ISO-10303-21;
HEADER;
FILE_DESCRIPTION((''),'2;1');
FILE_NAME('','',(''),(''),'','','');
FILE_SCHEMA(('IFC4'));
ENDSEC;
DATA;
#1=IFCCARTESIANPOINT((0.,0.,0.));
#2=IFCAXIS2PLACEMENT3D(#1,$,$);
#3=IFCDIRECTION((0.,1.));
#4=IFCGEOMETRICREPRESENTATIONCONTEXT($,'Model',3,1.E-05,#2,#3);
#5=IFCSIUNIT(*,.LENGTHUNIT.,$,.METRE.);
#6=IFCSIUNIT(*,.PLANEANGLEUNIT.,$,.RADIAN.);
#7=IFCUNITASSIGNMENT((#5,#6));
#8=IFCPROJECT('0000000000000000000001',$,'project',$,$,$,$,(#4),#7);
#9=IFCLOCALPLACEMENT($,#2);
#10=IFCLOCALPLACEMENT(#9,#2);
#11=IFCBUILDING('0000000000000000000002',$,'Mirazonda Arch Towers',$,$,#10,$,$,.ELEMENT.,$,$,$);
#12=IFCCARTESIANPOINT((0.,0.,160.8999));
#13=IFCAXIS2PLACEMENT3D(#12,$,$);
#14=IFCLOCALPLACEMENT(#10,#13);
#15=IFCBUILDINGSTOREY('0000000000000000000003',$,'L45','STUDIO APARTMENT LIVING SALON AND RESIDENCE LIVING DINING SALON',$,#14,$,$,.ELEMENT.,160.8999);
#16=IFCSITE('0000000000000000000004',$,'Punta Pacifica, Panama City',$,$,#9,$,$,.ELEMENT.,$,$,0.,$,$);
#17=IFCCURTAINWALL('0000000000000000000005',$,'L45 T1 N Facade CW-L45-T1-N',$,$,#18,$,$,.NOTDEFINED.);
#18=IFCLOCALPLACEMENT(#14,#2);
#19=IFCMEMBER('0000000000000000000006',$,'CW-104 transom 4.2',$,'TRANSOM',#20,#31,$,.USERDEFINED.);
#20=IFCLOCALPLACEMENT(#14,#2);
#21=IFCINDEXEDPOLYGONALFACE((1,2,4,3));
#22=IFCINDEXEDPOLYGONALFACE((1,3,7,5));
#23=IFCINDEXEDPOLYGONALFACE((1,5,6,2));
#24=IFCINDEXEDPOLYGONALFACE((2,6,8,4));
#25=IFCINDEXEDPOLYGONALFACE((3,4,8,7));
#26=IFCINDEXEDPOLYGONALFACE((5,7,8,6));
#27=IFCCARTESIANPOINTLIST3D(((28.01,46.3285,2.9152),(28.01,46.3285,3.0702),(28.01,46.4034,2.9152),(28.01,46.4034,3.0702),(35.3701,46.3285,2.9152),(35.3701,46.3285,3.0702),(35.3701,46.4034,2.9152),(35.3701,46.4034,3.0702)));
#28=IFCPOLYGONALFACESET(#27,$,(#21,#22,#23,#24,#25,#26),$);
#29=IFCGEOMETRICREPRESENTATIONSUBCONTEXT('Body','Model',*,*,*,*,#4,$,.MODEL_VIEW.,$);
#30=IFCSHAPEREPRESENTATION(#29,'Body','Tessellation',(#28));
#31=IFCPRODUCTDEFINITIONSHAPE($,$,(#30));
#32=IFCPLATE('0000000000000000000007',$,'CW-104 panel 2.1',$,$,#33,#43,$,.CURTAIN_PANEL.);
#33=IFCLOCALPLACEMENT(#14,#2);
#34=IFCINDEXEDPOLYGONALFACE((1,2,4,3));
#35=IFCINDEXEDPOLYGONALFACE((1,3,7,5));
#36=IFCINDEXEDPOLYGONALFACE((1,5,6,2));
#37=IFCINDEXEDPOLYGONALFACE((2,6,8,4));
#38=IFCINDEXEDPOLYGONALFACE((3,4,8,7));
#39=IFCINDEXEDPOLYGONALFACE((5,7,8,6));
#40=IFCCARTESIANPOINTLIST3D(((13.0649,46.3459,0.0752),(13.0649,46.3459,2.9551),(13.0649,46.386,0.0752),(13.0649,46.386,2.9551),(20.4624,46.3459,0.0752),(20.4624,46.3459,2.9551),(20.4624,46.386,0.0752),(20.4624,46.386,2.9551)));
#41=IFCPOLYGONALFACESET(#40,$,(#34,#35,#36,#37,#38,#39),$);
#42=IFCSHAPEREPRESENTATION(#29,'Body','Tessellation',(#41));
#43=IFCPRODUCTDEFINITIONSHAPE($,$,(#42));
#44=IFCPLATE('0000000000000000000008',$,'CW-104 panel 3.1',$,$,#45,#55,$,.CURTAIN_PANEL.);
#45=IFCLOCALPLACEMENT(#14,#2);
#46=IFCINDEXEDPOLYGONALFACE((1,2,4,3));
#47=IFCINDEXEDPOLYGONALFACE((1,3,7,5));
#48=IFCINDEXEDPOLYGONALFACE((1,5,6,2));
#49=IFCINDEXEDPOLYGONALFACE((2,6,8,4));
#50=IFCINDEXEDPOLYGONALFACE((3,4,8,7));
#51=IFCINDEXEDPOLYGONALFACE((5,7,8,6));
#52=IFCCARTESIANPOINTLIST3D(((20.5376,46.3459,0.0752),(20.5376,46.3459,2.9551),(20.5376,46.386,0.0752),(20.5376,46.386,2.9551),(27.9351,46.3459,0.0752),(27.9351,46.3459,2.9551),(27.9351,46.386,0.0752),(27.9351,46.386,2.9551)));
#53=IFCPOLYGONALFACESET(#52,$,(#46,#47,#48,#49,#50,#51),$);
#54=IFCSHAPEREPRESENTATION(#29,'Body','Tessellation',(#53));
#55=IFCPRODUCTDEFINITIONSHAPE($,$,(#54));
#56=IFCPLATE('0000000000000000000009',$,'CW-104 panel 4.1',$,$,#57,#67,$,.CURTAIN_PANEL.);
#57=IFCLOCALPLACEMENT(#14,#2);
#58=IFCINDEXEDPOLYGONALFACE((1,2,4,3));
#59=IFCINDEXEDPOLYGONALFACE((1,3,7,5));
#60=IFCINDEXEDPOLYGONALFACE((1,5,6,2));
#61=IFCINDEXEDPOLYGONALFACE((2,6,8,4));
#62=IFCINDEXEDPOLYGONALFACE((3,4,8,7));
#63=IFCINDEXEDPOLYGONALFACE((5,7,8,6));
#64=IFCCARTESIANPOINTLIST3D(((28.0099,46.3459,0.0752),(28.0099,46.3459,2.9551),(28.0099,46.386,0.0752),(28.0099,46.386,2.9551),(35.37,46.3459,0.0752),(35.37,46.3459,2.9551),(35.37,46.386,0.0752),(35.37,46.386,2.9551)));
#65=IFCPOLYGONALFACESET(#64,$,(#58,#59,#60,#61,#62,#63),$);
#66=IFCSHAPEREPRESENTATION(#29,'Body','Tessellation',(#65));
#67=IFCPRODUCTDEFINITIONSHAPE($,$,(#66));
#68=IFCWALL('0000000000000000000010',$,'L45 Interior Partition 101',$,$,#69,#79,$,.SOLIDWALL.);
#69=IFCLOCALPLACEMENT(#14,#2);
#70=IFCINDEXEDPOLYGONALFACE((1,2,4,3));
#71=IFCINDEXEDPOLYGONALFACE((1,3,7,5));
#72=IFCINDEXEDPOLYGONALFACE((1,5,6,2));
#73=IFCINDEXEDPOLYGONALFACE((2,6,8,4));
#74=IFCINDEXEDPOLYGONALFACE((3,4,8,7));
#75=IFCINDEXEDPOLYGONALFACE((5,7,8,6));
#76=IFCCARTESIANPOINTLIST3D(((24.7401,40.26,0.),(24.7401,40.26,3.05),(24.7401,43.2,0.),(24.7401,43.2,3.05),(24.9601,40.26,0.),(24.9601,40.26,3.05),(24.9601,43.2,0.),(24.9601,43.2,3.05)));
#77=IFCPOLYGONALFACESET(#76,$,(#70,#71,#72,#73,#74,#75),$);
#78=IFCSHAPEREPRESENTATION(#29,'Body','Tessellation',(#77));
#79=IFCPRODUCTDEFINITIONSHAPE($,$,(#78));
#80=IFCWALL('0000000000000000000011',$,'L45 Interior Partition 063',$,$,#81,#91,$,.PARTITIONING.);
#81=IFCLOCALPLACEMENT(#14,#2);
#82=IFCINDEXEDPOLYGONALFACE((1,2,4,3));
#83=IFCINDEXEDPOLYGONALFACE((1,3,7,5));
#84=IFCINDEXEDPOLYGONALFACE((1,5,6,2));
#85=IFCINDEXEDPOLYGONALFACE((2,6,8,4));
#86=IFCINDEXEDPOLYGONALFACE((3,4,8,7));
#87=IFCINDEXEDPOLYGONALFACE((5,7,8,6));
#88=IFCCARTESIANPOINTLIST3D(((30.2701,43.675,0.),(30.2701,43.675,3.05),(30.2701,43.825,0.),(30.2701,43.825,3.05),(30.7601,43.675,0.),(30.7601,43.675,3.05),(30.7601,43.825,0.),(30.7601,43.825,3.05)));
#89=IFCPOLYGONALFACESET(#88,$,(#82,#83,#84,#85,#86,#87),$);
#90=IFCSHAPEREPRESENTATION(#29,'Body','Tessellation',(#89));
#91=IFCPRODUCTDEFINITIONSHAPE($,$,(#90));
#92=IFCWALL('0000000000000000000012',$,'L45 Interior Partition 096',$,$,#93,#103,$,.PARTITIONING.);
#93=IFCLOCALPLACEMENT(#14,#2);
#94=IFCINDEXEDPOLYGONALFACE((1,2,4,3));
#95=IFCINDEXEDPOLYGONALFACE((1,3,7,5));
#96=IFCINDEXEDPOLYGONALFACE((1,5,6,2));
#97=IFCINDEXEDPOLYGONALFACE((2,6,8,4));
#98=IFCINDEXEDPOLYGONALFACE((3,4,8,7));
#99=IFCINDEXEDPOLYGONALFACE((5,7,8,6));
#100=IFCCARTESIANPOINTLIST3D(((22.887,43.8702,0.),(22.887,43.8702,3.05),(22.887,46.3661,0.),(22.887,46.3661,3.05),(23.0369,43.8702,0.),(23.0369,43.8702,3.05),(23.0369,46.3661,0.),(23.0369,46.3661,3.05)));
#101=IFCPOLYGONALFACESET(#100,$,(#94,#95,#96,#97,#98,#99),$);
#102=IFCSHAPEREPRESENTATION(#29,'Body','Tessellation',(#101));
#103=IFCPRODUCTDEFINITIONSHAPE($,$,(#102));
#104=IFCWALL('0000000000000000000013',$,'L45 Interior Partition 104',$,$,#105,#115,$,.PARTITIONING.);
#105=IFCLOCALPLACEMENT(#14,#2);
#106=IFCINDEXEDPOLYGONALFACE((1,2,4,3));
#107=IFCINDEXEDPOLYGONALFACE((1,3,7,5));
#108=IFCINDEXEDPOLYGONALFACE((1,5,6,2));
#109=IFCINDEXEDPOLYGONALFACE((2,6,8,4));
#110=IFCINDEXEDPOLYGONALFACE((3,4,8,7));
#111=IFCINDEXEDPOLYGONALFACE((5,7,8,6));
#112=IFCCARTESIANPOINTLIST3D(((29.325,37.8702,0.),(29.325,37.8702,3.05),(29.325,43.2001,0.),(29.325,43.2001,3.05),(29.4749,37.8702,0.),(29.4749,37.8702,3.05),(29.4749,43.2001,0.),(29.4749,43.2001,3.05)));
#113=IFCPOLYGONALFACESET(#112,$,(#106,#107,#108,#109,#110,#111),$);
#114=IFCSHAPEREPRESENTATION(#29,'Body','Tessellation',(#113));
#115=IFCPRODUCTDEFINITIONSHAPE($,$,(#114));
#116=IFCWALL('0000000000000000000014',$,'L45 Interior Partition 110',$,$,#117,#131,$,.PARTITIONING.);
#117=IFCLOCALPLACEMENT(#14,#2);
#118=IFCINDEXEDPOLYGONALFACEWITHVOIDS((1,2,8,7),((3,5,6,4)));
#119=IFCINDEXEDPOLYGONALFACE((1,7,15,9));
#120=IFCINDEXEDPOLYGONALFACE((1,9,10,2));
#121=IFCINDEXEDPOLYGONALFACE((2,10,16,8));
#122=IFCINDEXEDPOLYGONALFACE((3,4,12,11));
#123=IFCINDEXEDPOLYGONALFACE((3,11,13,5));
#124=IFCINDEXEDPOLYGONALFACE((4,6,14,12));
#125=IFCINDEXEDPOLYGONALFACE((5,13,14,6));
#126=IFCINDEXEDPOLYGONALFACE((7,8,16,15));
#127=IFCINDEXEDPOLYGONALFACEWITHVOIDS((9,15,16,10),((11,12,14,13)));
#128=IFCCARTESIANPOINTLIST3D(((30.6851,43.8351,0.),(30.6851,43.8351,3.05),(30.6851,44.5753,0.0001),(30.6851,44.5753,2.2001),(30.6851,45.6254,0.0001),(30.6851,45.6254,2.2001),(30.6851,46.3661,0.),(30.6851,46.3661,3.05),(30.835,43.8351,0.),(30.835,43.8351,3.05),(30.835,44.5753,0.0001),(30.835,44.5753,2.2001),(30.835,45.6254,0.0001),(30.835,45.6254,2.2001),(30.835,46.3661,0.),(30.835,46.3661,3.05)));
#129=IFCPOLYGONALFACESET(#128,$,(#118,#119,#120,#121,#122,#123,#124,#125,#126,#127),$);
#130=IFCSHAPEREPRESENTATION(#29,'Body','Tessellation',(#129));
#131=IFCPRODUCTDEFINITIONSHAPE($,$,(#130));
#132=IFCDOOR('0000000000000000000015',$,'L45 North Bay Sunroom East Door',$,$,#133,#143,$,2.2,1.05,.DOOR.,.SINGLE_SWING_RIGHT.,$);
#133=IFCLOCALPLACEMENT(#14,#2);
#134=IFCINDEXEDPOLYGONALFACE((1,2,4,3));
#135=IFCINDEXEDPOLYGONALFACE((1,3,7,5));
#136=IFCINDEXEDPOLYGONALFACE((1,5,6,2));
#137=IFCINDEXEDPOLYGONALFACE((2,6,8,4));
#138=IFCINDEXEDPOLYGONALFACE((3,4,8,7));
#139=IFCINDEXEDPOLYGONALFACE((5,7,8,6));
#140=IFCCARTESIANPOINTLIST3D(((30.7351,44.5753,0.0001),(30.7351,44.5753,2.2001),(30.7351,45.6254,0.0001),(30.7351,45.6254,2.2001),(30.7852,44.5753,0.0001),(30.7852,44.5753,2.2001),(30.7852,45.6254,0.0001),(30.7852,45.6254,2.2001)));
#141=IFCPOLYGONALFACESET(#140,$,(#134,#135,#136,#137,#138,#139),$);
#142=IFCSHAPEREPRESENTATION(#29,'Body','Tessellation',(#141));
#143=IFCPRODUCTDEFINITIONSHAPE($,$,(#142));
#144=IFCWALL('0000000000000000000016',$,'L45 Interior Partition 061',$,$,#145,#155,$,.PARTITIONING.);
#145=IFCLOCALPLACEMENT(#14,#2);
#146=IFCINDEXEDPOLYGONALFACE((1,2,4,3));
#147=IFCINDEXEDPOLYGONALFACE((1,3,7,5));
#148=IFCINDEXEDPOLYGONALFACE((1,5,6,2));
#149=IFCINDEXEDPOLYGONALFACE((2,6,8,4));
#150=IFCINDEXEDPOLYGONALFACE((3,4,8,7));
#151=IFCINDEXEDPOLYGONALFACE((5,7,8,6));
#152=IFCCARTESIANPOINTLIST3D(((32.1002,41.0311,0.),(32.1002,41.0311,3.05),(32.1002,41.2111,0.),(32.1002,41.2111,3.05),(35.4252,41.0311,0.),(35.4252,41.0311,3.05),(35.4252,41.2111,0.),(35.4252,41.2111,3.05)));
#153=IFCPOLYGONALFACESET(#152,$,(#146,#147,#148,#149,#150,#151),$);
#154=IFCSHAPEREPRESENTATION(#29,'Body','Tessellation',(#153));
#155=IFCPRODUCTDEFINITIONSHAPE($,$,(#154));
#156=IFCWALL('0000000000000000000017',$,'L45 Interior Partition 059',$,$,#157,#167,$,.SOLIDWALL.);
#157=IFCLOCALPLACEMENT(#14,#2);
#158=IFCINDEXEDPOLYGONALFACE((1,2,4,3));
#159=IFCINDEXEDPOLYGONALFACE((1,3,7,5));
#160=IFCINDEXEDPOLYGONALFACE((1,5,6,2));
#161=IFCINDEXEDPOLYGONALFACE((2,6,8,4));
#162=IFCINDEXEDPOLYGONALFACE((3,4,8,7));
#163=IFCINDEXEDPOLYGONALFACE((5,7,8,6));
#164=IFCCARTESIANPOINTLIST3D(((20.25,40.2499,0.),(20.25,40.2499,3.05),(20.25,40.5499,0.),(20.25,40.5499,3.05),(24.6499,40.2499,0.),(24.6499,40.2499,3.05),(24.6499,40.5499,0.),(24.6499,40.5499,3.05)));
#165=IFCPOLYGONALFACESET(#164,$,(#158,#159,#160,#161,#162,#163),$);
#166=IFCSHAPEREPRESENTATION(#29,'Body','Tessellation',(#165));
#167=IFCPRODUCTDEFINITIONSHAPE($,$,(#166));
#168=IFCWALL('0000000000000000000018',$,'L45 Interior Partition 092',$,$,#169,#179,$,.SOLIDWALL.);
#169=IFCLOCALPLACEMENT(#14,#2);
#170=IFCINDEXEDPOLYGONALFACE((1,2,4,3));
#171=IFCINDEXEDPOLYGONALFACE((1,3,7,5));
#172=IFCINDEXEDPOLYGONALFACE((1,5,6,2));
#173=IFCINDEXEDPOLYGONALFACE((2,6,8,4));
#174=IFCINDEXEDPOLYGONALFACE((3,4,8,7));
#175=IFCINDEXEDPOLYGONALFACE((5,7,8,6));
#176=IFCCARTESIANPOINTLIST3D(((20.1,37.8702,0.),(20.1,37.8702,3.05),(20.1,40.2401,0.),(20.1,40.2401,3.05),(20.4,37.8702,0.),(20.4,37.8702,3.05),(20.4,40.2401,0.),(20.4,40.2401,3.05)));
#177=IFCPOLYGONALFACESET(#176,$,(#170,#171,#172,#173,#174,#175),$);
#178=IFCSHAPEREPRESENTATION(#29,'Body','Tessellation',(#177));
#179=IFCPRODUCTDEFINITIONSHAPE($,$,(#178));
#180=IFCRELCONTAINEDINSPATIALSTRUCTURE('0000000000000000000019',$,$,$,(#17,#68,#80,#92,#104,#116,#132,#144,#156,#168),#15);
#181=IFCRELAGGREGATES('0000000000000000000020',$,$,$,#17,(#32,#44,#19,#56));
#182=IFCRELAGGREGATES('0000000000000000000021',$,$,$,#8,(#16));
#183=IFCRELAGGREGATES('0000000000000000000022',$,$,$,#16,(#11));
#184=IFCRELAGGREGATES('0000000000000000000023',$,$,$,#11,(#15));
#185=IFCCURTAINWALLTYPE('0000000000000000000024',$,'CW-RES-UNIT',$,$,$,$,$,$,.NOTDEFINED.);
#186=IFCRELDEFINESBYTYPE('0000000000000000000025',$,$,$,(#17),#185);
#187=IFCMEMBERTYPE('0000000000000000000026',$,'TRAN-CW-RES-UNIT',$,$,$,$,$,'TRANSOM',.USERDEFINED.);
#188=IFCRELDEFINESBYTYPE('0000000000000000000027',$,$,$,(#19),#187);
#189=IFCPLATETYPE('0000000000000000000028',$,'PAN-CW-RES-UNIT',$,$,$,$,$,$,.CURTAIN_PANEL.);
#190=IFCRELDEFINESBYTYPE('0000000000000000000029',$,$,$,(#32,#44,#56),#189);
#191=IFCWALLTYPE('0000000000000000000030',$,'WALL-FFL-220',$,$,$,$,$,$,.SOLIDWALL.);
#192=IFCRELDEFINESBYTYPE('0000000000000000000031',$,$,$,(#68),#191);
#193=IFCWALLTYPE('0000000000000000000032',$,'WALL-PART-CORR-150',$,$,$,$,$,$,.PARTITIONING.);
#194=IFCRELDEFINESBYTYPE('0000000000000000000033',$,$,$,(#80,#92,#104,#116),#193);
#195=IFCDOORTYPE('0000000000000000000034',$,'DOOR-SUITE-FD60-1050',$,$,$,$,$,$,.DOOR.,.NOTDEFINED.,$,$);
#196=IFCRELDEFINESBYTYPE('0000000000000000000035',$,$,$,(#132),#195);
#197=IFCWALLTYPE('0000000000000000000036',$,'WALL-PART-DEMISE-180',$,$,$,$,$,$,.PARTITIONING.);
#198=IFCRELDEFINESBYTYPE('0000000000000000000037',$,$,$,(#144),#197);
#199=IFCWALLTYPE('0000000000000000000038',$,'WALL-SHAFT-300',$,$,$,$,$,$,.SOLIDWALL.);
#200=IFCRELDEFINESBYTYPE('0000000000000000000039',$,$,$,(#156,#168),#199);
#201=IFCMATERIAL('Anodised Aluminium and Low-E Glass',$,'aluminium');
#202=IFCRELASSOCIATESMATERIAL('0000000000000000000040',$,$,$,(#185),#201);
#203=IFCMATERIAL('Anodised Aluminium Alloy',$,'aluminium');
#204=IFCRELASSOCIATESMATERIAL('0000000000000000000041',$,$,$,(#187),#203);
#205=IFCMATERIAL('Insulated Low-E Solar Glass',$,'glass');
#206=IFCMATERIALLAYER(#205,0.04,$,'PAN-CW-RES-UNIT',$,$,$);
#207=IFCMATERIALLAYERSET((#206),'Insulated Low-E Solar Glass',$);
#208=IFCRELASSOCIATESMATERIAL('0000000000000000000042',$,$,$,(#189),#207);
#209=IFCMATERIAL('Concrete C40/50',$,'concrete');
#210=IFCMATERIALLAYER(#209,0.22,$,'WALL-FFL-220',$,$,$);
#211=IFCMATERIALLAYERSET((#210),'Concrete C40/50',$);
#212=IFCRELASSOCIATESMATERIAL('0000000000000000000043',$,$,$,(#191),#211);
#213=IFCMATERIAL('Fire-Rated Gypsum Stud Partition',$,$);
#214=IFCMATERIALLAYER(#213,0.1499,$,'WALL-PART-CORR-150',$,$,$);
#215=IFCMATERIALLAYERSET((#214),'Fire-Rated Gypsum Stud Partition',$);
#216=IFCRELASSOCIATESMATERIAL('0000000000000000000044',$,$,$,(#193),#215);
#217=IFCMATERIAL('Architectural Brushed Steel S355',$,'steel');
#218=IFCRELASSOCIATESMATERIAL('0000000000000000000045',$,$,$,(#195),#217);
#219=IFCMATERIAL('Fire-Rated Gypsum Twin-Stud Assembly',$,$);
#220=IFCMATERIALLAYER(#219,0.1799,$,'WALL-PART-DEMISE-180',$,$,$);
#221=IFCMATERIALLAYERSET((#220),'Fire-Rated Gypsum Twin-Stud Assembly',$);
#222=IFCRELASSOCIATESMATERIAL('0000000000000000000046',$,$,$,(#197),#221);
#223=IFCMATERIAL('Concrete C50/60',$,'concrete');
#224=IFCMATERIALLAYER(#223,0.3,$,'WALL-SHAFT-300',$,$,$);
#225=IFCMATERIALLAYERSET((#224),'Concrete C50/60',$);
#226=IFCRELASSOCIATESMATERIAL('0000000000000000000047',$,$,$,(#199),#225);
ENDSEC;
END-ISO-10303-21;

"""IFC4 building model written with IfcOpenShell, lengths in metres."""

from ifc_helpers import new_model, si_unit, direction, frame, frame_2d, origin, origin_2d, place, context, subcontext, project, spatial, rectangle, extrude, material, layer, layer_set, material_profile, profile_set, type_object, element, fill, aggregate, save


model = new_model("IFC4")

# Units and contexts
model_context = context("Model", 3, precision=1e-05, world=origin(), true_north=direction((0.0, 1.0)))
body_context = subcontext(model_context, "Body", "Model", "MODEL_VIEW")
ifc_project = project(units=[si_unit("LENGTHUNIT", "METRE"), si_unit("PLANEANGLEUNIT", "RADIAN")], contexts=[model_context])

# Site, building, storey
site_placement = place(None, origin())
site = spatial("IfcSite", under=ifc_project, at=site_placement, Name="Punta Pacifica, Panama City", CompositionType="ELEMENT", RefElevation=0.0)
building_placement = place(site_placement, origin())
building = spatial("IfcBuilding", under=site, at=building_placement, Name="Mirazonda Arch Towers", CompositionType="ELEMENT")
storey_placement = place(building_placement, frame((0.0, 0.0, 160.8999)))
storey = spatial("IfcBuildingStorey", under=building, at=storey_placement, Name="L45", Description="STUDIO APARTMENT LIVING SALON AND RESIDENCE LIVING DINING SALON", CompositionType="ELEMENT", Elevation=160.8999)

# Shared definitions
ifc_material_1 = material(Name="Concrete C50/60", Category="concrete")

# Curtain wall, member, plates
ifc_material_2 = material(Name="Anodised Aluminium and Low-E Glass", Category="aluminium")
curtain_wall_type = type_object("IfcCurtainWallType", Name="CW-RES-UNIT", PredefinedType="NOTDEFINED", material=ifc_material_2)
curtain_wall_placement = place(storey_placement, origin())
curtain_wall = element("IfcCurtainWall", 1, at=curtain_wall_placement, inside=storey, type_object=curtain_wall_type, Name="L45 T1 N Facade CW-L45-T1-N", PredefinedType="NOTDEFINED")
ifc_material_3 = material(Name="Anodised Aluminium Alloy", Category="aluminium")
ifc_material_profile_1 = material_profile(ifc_material_3, rectangle(XDim=0.075, YDim=0.155, at=origin_2d()), Name="ALU-TRAN-75x155")
ifc_profile_set_1 = profile_set([ifc_material_profile_1], Name="Anodised Aluminium Alloy")
member_type_1 = type_object("IfcMemberType", Name="TRAN-CW-RES-UNIT", ElementType="TRANSOM", PredefinedType="USERDEFINED", material=ifc_profile_set_1)
member_1_placement = place(storey_placement, frame((28.01, 46.366, 2.9927), z_axis=(1.0, 0.0, 0.0), x_axis=(0.0, 1.0, 0.0)))
member_1 = element("IfcMember", 2, at=member_1_placement, type_object=member_type_1, Name="CW-104 transom 4.2", ObjectType="TRANSOM", PredefinedType="USERDEFINED", context=body_context, shape_type="SweptSolid", body=[
    extrude(rectangle(XDim=0.075, YDim=0.155, at=origin_2d()), origin(), (0.0, 0.0, 1.0), 7.3601),
])
ifc_material_4 = material(Name="Insulated Low-E Solar Glass", Category="glass")
ifc_layer_1 = layer(ifc_material_4, 0.04, Name="PAN-CW-RES-UNIT")
ifc_layer_set_1 = layer_set([ifc_layer_1], Name="Insulated Low-E Solar Glass")
plate_type = type_object("IfcPlateType", Name="PAN-CW-RES-UNIT", PredefinedType="CURTAIN_PANEL", material=ifc_layer_set_1)
plate_1_placement = place(storey_placement, frame((16.7637, 46.366, 0.0752), z_axis=(0.0, 0.0, 1.0), x_axis=(1.0, 0.0, 0.0)))
plate_1 = element("IfcPlate", 3, at=plate_1_placement, type_object=plate_type, Name="CW-104 panel 2.1", PredefinedType="CURTAIN_PANEL", context=body_context, shape_type="SweptSolid", body=[
    extrude(rectangle(XDim=7.3975, YDim=0.04, at=origin_2d()), origin(), (0.0, 0.0, 1.0), 2.8799),
])
plate_2_placement = place(storey_placement, frame((24.2363, 46.366, 0.0752), z_axis=(0.0, 0.0, 1.0), x_axis=(1.0, 0.0, 0.0)))
plate_2 = element("IfcPlate", 4, at=plate_2_placement, type_object=plate_type, Name="CW-104 panel 3.1", PredefinedType="CURTAIN_PANEL", context=body_context, shape_type="SweptSolid", body=[
    extrude(rectangle(XDim=7.3975, YDim=0.04, at=origin_2d()), origin(), (0.0, 0.0, 1.0), 2.8799),
])
plate_3_placement = place(storey_placement, frame((31.6899, 46.366, 0.0752), z_axis=(0.0, 0.0, 1.0), x_axis=(1.0, 0.0, 0.0)))
plate_3 = element("IfcPlate", 5, at=plate_3_placement, type_object=plate_type, Name="CW-104 panel 4.1", PredefinedType="CURTAIN_PANEL", context=body_context, shape_type="SweptSolid", body=[
    extrude(rectangle(XDim=7.3601, YDim=0.04, at=origin_2d()), origin(), (0.0, 0.0, 1.0), 2.8799),
])
aggregate(curtain_wall, [plate_1, plate_2, member_1, plate_3])

# Walls
ifc_material_5 = material(Name="Concrete C40/50", Category="concrete")
ifc_layer_2 = layer(ifc_material_5, 0.22, Name="WALL-FFL-220")
ifc_layer_set_2 = layer_set([ifc_layer_2], Name="Concrete C40/50")
wall_type_1 = type_object("IfcWallType", Name="WALL-FFL-220", PredefinedType="SOLIDWALL", material=ifc_layer_set_2)
wall_1_placement = place(storey_placement, frame((24.8501, 40.26, 0.0), z_axis=(0.0, 0.0, 1.0), x_axis=(0.0, 1.0, 0.0)))
element("IfcWall", 6, at=wall_1_placement, inside=storey, type_object=wall_type_1, Name="L45 Interior Partition 101", PredefinedType="SOLIDWALL", context=body_context, shape_type="SweptSolid", body=[
    extrude(rectangle(XDim=2.9399, YDim=0.22, at=frame_2d((1.47, 0.0))), origin(), (0.0, 0.0, 1.0), 3.05),
])
ifc_material_6 = material(Name="Fire-Rated Gypsum Stud Partition")
ifc_layer_3 = layer(ifc_material_6, 0.1499, Name="WALL-PART-CORR-150")
ifc_layer_set_3 = layer_set([ifc_layer_3], Name="Fire-Rated Gypsum Stud Partition")
wall_type_2 = type_object("IfcWallType", Name="WALL-PART-CORR-150", PredefinedType="PARTITIONING", material=ifc_layer_set_3)
wall_2_placement = place(storey_placement, frame((30.27, 43.75, 0.0), z_axis=(0.0, 0.0, 1.0), x_axis=(1.0, 0.0, 0.0)))
element("IfcWall", 7, at=wall_2_placement, inside=storey, type_object=wall_type_2, Name="L45 Interior Partition 063", PredefinedType="PARTITIONING", context=body_context, shape_type="SweptSolid", body=[
    extrude(rectangle(XDim=0.49, YDim=0.1499, at=frame_2d((0.2451, 0.0))), origin(), (0.0, 0.0, 1.0), 3.05),
])
wall_3_placement = place(storey_placement, frame((22.9619, 43.8701, 0.0), z_axis=(0.0, 0.0, 1.0), x_axis=(0.0, 1.0, 0.0)))
element("IfcWall", 8, at=wall_3_placement, inside=storey, type_object=wall_type_2, Name="L45 Interior Partition 096", PredefinedType="PARTITIONING", context=body_context, shape_type="SweptSolid", body=[
    extrude(rectangle(XDim=2.4958, YDim=0.1499, at=frame_2d((1.248, 0.0))), origin(), (0.0, 0.0, 1.0), 3.05),
])
wall_4_placement = place(storey_placement, frame((29.3999, 37.8701, 0.0), z_axis=(0.0, 0.0, 1.0), x_axis=(0.0, 1.0, 0.0)))
element("IfcWall", 9, at=wall_4_placement, inside=storey, type_object=wall_type_2, Name="L45 Interior Partition 104", PredefinedType="PARTITIONING", context=body_context, shape_type="SweptSolid", body=[
    extrude(rectangle(XDim=5.3298, YDim=0.1499, at=frame_2d((2.665, 0.0))), origin(), (0.0, 0.0, 1.0), 3.05),
])

# Wall, opening, door
wall_5_placement = place(storey_placement, frame((30.76, 43.835, 0.0), z_axis=(0.0, 0.0, 1.0), x_axis=(0.0, 1.0, 0.0)))
wall_5 = element("IfcWall", 10, at=wall_5_placement, inside=storey, type_object=wall_type_2, Name="L45 Interior Partition 110", PredefinedType="PARTITIONING", context=body_context, shape_type="SweptSolid", body=[
    extrude(rectangle(XDim=2.531, YDim=0.1499, at=frame_2d((1.2656, 0.0))), origin(), (0.0, 0.0, 1.0), 3.05),
])
opening_1_placement = place(wall_5_placement, frame((0.7405, 0.0, 0.0)))
opening_1 = element("IfcOpeningElement", 11, at=opening_1_placement, cuts=wall_5, PredefinedType="OPENING", context=body_context, shape_type="SweptSolid", body=[
    extrude(rectangle(XDim=1.05, YDim=2.2, at=frame_2d((0.5249, 1.1001))), frame((0.0, 0.085, 0.0), z_axis=(0.0, -1.0, 0.0), x_axis=(1.0, 0.0, 0.0)), (0.0, 0.0, 1.0), 0.1699),
])
ifc_material_7 = material(Name="Architectural Brushed Steel S355", Category="steel")
door_type_1 = type_object("IfcDoorType", Name="DOOR-SUITE-FD60-1050", OperationType="NOTDEFINED", PredefinedType="DOOR", material=ifc_material_7)
door_1_placement = place(opening_1_placement, origin())
door_1 = element("IfcDoor", 12, at=door_1_placement, inside=storey, type_object=door_type_1, Name="L45 North Bay Sunroom East Door", OperationType="SINGLE_SWING_RIGHT", OverallHeight=2.2, OverallWidth=1.05, PredefinedType="DOOR", context=body_context, shape_type="SweptSolid", body=[
    extrude(rectangle(XDim=1.05, YDim=2.2, at=frame_2d((0.5249, 1.1001))), frame((0.0, 0.0249, 0.0), z_axis=(0.0, -1.0, 0.0), x_axis=(1.0, 0.0, 0.0)), (0.0, 0.0, 1.0), 0.05),
])
fill(opening_1, door_1)

# Wall
ifc_material_8 = material(Name="Fire-Rated Gypsum Twin-Stud Assembly")
ifc_layer_4 = layer(ifc_material_8, 0.1799, Name="WALL-PART-DEMISE-180")
ifc_layer_set_4 = layer_set([ifc_layer_4], Name="Fire-Rated Gypsum Twin-Stud Assembly")
wall_type_3 = type_object("IfcWallType", Name="WALL-PART-DEMISE-180", PredefinedType="PARTITIONING", material=ifc_layer_set_4)
wall_6_placement = place(storey_placement, frame((32.1001, 41.1211, 0.0), z_axis=(0.0, 0.0, 1.0), x_axis=(1.0, 0.0, 0.0)))
element("IfcWall", 13, at=wall_6_placement, inside=storey, type_object=wall_type_3, Name="L45 Interior Partition 061", PredefinedType="PARTITIONING", context=body_context, shape_type="SweptSolid", body=[
    extrude(rectangle(XDim=3.325, YDim=0.1799, at=frame_2d((1.6626, 0.0))), origin(), (0.0, 0.0, 1.0), 3.05),
])

# Walls
ifc_layer_5 = layer(ifc_material_1, 0.3, Name="WALL-SHAFT-300")
ifc_layer_set_5 = layer_set([ifc_layer_5], Name="Concrete C50/60")
wall_type_4 = type_object("IfcWallType", Name="WALL-SHAFT-300", PredefinedType="SOLIDWALL", material=ifc_layer_set_5)
wall_7_placement = place(storey_placement, frame((20.25, 40.3999, 0.0), z_axis=(0.0, 0.0, 1.0), x_axis=(1.0, 0.0, 0.0)))
element("IfcWall", 14, at=wall_7_placement, inside=storey, type_object=wall_type_4, Name="L45 Interior Partition 059", PredefinedType="SOLIDWALL", context=body_context, shape_type="SweptSolid", body=[
    extrude(rectangle(XDim=4.3999, YDim=0.3, at=frame_2d((2.2, 0.0))), origin(), (0.0, 0.0, 1.0), 3.05),
])
for number, where, z_axis, x_axis, name in (
    (15, (20.25, 37.8701, 0.0), (0.0, 0.0, 1.0), (0.0, 1.0, 0.0), "L45 Interior Partition 092"),
):
    element("IfcWall", number, at=place(storey_placement, frame(where, z_axis=z_axis, x_axis=x_axis)), inside=storey, type_object=wall_type_4, Name=name, PredefinedType="SOLIDWALL", context=body_context, shape_type="SweptSolid", body=[
        extrude(rectangle(XDim=2.3699, YDim=0.3, at=frame_2d((1.1851, 0.0))), origin(), (0.0, 0.0, 1.0), 3.05),
    ])

save(model, "model.ifc")
